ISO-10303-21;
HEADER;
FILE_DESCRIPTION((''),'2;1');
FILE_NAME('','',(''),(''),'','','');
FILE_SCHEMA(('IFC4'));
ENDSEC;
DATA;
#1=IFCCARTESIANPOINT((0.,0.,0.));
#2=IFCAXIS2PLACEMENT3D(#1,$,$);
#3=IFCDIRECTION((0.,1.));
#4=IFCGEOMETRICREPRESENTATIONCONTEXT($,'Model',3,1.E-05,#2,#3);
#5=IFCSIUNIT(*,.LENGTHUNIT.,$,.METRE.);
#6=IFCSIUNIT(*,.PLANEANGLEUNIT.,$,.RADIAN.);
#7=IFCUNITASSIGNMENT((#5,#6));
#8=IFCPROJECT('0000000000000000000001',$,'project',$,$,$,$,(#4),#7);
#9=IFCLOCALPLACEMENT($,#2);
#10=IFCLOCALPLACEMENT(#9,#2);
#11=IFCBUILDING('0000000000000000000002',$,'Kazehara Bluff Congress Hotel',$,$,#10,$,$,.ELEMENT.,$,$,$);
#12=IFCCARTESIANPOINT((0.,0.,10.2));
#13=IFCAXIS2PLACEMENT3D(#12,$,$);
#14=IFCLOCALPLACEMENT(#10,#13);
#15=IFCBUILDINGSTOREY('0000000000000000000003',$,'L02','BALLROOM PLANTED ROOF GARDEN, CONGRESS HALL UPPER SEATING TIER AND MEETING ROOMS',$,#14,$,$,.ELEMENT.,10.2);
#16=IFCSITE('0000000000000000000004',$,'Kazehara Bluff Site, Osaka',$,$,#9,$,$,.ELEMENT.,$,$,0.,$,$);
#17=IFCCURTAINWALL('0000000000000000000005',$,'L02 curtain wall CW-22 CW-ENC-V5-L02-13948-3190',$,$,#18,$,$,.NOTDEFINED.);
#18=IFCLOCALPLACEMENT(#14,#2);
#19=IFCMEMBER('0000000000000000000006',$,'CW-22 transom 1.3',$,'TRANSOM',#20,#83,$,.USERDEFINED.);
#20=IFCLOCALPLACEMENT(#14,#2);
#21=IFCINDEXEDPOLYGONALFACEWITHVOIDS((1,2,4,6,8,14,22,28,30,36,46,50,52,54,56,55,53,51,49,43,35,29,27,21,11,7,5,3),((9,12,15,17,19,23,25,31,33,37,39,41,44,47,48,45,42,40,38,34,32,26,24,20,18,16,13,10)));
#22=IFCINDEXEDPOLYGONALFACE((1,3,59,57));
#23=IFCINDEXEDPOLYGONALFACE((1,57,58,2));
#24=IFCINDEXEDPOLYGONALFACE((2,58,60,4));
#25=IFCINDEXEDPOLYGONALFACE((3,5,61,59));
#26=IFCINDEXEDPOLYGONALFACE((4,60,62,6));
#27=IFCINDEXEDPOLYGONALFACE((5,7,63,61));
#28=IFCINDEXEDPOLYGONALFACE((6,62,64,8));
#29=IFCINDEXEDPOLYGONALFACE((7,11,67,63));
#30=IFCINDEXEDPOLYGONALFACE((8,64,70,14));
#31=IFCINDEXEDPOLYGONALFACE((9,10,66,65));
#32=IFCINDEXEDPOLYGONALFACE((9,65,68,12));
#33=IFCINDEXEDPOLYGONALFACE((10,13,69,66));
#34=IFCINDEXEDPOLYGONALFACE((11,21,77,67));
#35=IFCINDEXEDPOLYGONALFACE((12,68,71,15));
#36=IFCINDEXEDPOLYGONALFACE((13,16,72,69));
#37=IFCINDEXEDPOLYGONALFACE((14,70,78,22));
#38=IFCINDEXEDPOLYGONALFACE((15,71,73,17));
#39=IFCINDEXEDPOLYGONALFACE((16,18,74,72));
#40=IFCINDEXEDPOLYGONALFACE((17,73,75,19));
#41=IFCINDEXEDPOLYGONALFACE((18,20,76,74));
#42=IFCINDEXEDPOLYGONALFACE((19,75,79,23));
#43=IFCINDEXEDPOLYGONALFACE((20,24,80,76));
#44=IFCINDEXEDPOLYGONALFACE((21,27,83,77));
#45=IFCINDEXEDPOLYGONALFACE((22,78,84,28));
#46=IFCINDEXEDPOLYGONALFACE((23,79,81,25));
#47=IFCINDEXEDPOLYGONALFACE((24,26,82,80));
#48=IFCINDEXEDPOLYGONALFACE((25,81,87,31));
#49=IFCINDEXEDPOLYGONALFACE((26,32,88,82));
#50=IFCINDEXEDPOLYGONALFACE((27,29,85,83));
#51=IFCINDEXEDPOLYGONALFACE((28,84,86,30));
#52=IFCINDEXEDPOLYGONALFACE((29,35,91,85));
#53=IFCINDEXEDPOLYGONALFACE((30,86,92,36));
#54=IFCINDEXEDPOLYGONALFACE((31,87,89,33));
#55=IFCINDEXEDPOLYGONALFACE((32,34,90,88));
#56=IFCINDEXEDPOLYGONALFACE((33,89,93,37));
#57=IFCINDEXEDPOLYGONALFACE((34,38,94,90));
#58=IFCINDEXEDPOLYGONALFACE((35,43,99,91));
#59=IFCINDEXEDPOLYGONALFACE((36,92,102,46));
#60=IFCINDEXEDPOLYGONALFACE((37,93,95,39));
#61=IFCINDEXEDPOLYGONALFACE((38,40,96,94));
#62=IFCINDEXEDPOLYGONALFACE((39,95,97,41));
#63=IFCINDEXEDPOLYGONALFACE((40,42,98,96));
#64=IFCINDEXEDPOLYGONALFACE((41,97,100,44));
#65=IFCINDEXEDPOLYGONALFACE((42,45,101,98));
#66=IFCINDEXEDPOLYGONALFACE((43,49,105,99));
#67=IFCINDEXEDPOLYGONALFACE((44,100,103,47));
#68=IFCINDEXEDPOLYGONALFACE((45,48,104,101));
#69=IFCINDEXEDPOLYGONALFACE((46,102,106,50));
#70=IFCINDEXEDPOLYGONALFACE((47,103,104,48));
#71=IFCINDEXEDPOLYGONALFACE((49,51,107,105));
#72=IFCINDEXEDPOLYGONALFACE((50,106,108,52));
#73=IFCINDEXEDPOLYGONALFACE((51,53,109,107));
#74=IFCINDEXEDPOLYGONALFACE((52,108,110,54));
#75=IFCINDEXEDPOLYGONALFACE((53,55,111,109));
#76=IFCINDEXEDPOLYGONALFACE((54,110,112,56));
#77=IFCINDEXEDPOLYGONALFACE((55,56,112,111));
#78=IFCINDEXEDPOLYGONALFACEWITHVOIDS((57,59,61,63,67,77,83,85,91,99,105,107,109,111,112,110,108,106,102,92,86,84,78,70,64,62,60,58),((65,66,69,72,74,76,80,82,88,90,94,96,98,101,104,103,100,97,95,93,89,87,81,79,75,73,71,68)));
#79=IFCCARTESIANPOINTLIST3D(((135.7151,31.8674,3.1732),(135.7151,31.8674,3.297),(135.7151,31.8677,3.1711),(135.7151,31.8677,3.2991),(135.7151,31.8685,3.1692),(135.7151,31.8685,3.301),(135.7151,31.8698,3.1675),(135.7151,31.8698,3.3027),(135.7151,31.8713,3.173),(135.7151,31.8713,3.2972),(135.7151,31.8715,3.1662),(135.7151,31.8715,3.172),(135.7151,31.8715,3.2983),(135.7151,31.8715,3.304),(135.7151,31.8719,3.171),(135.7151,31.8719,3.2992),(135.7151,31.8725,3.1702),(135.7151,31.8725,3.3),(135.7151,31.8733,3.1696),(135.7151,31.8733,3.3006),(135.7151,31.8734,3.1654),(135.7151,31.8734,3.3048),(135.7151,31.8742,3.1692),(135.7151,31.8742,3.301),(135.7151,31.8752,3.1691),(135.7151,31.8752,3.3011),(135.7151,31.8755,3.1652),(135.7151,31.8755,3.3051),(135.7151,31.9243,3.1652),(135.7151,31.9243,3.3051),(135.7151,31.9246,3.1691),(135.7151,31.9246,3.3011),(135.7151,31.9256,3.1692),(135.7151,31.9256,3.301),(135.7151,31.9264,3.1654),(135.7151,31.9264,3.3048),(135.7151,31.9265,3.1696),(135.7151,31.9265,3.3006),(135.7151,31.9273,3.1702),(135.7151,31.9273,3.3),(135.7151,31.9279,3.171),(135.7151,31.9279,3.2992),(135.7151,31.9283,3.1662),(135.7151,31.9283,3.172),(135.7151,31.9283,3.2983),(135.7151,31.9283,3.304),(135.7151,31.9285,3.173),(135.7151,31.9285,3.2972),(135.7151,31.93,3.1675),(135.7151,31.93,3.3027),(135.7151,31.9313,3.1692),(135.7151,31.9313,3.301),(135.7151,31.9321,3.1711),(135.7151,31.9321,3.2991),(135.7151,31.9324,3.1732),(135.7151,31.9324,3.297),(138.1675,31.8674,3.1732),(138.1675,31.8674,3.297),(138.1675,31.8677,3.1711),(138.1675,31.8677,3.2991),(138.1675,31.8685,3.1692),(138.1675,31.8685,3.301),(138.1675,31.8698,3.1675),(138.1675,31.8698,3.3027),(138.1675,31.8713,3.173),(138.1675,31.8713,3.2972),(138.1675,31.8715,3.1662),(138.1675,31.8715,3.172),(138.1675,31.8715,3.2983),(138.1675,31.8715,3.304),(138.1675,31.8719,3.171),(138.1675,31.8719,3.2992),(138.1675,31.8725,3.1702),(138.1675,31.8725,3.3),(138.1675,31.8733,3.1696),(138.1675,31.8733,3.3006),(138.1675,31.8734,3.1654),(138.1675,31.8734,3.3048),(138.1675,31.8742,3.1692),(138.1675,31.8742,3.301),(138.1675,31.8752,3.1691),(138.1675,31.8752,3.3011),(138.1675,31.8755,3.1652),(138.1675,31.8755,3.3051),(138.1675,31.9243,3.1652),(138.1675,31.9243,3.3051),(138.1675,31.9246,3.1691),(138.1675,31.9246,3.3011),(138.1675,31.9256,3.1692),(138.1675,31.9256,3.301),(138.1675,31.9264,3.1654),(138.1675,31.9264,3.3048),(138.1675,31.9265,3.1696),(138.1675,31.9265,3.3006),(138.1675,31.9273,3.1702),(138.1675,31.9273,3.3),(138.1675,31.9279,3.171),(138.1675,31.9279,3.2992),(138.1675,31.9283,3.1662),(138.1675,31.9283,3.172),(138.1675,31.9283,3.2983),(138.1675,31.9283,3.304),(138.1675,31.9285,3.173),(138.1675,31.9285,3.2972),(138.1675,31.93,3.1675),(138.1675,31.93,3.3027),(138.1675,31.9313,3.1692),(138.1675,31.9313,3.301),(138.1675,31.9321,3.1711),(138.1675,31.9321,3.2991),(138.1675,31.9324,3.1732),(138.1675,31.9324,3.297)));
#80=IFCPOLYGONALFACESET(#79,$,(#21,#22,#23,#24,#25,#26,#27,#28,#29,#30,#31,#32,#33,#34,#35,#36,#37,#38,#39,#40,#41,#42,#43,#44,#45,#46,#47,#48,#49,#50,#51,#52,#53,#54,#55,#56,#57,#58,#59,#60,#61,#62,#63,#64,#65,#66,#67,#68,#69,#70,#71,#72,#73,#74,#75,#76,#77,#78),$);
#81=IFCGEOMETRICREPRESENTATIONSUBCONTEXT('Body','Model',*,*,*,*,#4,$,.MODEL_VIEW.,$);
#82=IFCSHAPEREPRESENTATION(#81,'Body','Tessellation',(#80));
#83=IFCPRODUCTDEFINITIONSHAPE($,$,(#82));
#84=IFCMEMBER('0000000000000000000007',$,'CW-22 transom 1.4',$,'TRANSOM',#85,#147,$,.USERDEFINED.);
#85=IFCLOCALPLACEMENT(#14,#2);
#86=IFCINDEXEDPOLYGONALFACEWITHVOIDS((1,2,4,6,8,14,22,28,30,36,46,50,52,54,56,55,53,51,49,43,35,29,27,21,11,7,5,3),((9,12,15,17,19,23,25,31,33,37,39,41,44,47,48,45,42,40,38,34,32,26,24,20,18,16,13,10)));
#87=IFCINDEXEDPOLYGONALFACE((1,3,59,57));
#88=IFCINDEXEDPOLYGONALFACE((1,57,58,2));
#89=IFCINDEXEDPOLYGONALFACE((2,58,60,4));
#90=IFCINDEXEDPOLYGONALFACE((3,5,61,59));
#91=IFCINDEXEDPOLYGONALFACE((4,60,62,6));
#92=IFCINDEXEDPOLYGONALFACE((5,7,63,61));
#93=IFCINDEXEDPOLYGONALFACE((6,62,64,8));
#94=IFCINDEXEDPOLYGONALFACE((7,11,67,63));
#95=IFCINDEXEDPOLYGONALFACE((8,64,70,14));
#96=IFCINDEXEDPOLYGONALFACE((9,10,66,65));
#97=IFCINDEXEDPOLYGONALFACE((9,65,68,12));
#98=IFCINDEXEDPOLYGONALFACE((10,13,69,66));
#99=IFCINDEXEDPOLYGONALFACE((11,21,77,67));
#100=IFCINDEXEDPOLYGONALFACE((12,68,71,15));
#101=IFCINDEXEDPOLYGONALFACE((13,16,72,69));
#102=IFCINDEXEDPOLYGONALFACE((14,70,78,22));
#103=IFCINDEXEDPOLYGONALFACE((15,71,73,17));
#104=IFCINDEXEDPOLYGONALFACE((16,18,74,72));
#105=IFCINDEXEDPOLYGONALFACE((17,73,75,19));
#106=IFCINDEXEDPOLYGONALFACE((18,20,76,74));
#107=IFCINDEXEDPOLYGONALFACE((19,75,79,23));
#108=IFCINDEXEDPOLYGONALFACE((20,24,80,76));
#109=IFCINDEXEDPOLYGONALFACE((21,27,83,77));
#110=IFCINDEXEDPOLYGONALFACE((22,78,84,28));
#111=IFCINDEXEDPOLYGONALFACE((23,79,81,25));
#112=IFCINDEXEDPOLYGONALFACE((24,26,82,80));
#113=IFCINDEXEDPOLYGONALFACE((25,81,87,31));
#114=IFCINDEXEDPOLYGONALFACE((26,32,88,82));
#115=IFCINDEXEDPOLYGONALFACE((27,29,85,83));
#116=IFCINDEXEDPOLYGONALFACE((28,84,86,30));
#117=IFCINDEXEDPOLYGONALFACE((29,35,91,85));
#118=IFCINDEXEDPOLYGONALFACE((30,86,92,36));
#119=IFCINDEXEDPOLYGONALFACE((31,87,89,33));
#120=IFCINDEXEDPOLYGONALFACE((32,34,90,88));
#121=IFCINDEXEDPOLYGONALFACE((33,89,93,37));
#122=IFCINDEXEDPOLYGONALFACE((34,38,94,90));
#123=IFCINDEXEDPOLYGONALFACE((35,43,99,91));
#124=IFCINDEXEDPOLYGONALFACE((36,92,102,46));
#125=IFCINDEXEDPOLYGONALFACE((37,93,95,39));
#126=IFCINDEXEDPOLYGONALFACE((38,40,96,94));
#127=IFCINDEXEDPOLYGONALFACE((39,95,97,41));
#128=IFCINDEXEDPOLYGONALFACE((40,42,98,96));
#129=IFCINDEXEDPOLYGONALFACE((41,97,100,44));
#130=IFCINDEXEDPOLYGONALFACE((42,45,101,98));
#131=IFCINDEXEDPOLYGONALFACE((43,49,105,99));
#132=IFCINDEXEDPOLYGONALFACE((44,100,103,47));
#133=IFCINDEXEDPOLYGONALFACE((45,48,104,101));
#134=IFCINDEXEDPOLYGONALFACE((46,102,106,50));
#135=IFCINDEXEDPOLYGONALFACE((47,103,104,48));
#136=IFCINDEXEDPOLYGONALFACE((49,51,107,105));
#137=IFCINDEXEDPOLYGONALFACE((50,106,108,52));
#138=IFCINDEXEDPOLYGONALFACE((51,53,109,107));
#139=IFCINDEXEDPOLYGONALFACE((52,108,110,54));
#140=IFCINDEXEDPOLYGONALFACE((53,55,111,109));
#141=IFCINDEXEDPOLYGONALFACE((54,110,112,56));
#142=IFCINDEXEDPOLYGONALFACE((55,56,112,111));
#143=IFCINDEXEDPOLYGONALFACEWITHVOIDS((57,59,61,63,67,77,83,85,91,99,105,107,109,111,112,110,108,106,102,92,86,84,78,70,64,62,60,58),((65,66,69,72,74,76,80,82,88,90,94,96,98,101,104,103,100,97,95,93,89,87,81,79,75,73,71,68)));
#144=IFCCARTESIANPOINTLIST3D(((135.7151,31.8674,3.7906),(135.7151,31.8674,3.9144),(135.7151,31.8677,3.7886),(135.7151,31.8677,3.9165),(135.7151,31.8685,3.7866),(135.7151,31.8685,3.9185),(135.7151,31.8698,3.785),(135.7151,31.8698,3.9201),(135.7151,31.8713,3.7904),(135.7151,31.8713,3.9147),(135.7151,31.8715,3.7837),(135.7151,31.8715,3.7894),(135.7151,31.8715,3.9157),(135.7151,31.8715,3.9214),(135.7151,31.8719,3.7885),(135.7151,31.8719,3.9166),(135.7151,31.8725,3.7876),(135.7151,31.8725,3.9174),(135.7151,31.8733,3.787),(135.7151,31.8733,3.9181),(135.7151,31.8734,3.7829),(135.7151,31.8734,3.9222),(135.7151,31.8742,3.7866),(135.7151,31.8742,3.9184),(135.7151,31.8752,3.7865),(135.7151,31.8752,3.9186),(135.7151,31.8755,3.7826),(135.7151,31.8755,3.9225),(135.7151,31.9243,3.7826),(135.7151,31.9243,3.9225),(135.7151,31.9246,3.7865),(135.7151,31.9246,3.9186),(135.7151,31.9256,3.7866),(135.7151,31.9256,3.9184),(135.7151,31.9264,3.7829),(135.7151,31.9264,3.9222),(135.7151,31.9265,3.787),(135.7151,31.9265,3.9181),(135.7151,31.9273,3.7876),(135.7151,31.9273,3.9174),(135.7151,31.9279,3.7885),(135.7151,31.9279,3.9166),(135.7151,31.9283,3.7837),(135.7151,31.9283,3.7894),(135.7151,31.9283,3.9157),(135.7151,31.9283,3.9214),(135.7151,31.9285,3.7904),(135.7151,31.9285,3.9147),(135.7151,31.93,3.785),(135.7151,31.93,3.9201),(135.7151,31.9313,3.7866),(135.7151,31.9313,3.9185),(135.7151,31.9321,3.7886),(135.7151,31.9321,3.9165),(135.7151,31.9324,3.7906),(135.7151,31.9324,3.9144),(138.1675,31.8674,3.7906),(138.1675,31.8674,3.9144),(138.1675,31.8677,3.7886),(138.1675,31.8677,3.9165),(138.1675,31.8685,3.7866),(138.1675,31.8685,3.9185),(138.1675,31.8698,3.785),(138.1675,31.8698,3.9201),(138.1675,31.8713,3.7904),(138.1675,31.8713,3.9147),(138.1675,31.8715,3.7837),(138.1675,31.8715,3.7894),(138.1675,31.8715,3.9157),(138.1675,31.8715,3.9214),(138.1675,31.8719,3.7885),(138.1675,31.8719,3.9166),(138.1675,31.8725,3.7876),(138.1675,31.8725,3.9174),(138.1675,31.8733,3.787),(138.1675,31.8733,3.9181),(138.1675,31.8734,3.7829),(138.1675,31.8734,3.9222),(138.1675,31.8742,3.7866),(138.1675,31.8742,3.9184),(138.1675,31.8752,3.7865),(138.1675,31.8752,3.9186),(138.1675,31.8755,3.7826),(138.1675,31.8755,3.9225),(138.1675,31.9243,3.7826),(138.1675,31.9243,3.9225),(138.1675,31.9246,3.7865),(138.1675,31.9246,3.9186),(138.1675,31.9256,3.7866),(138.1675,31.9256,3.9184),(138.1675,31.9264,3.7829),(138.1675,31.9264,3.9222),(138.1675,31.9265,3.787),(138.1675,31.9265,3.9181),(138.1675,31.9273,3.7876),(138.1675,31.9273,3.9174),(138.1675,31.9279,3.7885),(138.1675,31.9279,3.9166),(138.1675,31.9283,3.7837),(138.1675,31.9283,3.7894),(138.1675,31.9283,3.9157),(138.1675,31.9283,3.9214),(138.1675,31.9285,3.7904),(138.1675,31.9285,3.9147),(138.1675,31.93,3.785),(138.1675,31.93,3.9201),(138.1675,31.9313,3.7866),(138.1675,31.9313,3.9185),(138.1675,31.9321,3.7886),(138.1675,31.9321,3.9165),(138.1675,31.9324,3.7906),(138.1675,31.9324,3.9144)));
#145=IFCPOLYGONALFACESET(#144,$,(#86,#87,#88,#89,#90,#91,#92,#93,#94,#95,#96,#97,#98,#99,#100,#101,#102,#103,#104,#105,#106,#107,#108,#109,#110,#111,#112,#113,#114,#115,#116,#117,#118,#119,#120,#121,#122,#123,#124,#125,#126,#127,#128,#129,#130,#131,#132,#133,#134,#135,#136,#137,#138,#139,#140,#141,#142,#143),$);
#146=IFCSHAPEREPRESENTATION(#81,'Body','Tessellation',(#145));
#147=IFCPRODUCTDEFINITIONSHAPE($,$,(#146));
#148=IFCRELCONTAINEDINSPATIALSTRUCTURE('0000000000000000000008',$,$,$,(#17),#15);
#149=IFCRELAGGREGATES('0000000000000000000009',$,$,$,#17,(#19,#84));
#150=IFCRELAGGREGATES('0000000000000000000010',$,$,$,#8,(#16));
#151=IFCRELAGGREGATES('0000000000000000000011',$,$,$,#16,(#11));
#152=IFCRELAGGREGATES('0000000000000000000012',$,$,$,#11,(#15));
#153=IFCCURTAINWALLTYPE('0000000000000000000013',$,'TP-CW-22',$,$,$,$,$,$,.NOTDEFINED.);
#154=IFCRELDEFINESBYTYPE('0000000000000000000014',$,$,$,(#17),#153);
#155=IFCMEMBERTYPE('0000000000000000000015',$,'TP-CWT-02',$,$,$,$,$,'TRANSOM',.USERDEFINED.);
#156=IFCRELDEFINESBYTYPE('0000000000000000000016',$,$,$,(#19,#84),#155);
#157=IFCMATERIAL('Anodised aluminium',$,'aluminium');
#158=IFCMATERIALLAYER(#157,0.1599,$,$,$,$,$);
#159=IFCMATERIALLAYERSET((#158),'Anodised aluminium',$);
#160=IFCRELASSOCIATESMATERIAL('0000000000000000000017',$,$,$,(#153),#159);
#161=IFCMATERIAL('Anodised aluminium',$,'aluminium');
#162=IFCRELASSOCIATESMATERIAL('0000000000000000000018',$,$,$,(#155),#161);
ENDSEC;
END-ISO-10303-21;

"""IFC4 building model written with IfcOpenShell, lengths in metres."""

from ifc_helpers import new_model, si_unit, direction, frame, origin, origin_2d, place, context, subcontext, project, spatial, hollow_rectangle, extrude, material, layer, layer_set, material_profile, profile_set, type_object, element, aggregate, save


model = new_model("IFC4")

# Units and contexts
model_context = context("Model", 3, precision=1e-05, world=origin(), true_north=direction((0.0, 1.0)))
body_context = subcontext(model_context, "Body", "Model", "MODEL_VIEW")
ifc_project = project(units=[si_unit("LENGTHUNIT", "METRE"), si_unit("PLANEANGLEUNIT", "RADIAN")], contexts=[model_context])

# Site, building, storey
site_placement = place(None, origin())
site = spatial("IfcSite", under=ifc_project, at=site_placement, Name="Kazehara Bluff Site, Osaka", CompositionType="ELEMENT", RefElevation=0.0)
building_placement = place(site_placement, origin())
building = spatial("IfcBuilding", under=site, at=building_placement, Name="Kazehara Bluff Congress Hotel", CompositionType="ELEMENT")
storey_placement = place(building_placement, frame((0.0, 0.0, 10.2)))
storey = spatial("IfcBuildingStorey", under=building, at=storey_placement, Name="L02", Description="BALLROOM PLANTED ROOF GARDEN, CONGRESS HALL UPPER SEATING TIER AND MEETING ROOMS", CompositionType="ELEMENT", Elevation=10.2)

# Shared definitions
ifc_material_1 = material(Name="Anodised aluminium", Category="aluminium")
ifc_layer_1 = layer(ifc_material_1, 0.1599)
ifc_layer_set_1 = layer_set([ifc_layer_1], Name="Anodised aluminium")
curtain_wall_type = type_object("IfcCurtainWallType", Name="TP-CW-22", PredefinedType="NOTDEFINED", material=ifc_layer_set_1)

# Curtain wall, members
curtain_wall_1_placement = place(storey_placement, origin())
curtain_wall_1 = element("IfcCurtainWall", 1, at=curtain_wall_1_placement, inside=storey, type_object=curtain_wall_type, Name="L02 curtain wall CW-22 CW-ENC-V5-L02-13948-3190", PredefinedType="NOTDEFINED")
ifc_material_2 = material(Name="Anodised aluminium", Category="aluminium")
ifc_material_profile_1 = material_profile(ifc_material_2, hollow_rectangle(XDim=0.0649, YDim=0.1399, WallThickness=0.0039, InnerFilletRadius=0.0039, OuterFilletRadius=0.0081, at=origin_2d()))
ifc_profile_set_1 = profile_set([ifc_material_profile_1], Name="Anodised aluminium")
member_type_1 = type_object("IfcMemberType", Name="TP-CWT-02", ElementType="TRANSOM", PredefinedType="USERDEFINED", material=ifc_profile_set_1)
member_1_placement = place(storey_placement, frame((135.7151, 31.8999, 3.2351), z_axis=(1.0, 0.0, 0.0), x_axis=(0.0, 1.0, 0.0)))
member_1 = element("IfcMember", 2, at=member_1_placement, type_object=member_type_1, Name="CW-22 transom 1.3", ObjectType="TRANSOM", PredefinedType="USERDEFINED", context=body_context, shape_type="SweptSolid", body=[
    extrude(hollow_rectangle(XDim=0.0649, YDim=0.1399, WallThickness=0.0039, InnerFilletRadius=0.0039, OuterFilletRadius=0.0081, at=origin_2d()), origin(), (0.0, 0.0, 1.0), 2.4524),
])
member_2_placement = place(storey_placement, frame((135.7151, 31.8999, 3.8525), z_axis=(1.0, 0.0, 0.0), x_axis=(0.0, 1.0, 0.0)))
member_2 = element("IfcMember", 3, at=member_2_placement, type_object=member_type_1, Name="CW-22 transom 1.4", ObjectType="TRANSOM", PredefinedType="USERDEFINED", context=body_context, shape_type="SweptSolid", body=[
    extrude(hollow_rectangle(XDim=0.0649, YDim=0.1399, WallThickness=0.0039, InnerFilletRadius=0.0039, OuterFilletRadius=0.0081, at=origin_2d()), origin(), (0.0, 0.0, 1.0), 2.4524),
])
aggregate(curtain_wall_1, [member_1, member_2])

save(model, "model.ifc")
